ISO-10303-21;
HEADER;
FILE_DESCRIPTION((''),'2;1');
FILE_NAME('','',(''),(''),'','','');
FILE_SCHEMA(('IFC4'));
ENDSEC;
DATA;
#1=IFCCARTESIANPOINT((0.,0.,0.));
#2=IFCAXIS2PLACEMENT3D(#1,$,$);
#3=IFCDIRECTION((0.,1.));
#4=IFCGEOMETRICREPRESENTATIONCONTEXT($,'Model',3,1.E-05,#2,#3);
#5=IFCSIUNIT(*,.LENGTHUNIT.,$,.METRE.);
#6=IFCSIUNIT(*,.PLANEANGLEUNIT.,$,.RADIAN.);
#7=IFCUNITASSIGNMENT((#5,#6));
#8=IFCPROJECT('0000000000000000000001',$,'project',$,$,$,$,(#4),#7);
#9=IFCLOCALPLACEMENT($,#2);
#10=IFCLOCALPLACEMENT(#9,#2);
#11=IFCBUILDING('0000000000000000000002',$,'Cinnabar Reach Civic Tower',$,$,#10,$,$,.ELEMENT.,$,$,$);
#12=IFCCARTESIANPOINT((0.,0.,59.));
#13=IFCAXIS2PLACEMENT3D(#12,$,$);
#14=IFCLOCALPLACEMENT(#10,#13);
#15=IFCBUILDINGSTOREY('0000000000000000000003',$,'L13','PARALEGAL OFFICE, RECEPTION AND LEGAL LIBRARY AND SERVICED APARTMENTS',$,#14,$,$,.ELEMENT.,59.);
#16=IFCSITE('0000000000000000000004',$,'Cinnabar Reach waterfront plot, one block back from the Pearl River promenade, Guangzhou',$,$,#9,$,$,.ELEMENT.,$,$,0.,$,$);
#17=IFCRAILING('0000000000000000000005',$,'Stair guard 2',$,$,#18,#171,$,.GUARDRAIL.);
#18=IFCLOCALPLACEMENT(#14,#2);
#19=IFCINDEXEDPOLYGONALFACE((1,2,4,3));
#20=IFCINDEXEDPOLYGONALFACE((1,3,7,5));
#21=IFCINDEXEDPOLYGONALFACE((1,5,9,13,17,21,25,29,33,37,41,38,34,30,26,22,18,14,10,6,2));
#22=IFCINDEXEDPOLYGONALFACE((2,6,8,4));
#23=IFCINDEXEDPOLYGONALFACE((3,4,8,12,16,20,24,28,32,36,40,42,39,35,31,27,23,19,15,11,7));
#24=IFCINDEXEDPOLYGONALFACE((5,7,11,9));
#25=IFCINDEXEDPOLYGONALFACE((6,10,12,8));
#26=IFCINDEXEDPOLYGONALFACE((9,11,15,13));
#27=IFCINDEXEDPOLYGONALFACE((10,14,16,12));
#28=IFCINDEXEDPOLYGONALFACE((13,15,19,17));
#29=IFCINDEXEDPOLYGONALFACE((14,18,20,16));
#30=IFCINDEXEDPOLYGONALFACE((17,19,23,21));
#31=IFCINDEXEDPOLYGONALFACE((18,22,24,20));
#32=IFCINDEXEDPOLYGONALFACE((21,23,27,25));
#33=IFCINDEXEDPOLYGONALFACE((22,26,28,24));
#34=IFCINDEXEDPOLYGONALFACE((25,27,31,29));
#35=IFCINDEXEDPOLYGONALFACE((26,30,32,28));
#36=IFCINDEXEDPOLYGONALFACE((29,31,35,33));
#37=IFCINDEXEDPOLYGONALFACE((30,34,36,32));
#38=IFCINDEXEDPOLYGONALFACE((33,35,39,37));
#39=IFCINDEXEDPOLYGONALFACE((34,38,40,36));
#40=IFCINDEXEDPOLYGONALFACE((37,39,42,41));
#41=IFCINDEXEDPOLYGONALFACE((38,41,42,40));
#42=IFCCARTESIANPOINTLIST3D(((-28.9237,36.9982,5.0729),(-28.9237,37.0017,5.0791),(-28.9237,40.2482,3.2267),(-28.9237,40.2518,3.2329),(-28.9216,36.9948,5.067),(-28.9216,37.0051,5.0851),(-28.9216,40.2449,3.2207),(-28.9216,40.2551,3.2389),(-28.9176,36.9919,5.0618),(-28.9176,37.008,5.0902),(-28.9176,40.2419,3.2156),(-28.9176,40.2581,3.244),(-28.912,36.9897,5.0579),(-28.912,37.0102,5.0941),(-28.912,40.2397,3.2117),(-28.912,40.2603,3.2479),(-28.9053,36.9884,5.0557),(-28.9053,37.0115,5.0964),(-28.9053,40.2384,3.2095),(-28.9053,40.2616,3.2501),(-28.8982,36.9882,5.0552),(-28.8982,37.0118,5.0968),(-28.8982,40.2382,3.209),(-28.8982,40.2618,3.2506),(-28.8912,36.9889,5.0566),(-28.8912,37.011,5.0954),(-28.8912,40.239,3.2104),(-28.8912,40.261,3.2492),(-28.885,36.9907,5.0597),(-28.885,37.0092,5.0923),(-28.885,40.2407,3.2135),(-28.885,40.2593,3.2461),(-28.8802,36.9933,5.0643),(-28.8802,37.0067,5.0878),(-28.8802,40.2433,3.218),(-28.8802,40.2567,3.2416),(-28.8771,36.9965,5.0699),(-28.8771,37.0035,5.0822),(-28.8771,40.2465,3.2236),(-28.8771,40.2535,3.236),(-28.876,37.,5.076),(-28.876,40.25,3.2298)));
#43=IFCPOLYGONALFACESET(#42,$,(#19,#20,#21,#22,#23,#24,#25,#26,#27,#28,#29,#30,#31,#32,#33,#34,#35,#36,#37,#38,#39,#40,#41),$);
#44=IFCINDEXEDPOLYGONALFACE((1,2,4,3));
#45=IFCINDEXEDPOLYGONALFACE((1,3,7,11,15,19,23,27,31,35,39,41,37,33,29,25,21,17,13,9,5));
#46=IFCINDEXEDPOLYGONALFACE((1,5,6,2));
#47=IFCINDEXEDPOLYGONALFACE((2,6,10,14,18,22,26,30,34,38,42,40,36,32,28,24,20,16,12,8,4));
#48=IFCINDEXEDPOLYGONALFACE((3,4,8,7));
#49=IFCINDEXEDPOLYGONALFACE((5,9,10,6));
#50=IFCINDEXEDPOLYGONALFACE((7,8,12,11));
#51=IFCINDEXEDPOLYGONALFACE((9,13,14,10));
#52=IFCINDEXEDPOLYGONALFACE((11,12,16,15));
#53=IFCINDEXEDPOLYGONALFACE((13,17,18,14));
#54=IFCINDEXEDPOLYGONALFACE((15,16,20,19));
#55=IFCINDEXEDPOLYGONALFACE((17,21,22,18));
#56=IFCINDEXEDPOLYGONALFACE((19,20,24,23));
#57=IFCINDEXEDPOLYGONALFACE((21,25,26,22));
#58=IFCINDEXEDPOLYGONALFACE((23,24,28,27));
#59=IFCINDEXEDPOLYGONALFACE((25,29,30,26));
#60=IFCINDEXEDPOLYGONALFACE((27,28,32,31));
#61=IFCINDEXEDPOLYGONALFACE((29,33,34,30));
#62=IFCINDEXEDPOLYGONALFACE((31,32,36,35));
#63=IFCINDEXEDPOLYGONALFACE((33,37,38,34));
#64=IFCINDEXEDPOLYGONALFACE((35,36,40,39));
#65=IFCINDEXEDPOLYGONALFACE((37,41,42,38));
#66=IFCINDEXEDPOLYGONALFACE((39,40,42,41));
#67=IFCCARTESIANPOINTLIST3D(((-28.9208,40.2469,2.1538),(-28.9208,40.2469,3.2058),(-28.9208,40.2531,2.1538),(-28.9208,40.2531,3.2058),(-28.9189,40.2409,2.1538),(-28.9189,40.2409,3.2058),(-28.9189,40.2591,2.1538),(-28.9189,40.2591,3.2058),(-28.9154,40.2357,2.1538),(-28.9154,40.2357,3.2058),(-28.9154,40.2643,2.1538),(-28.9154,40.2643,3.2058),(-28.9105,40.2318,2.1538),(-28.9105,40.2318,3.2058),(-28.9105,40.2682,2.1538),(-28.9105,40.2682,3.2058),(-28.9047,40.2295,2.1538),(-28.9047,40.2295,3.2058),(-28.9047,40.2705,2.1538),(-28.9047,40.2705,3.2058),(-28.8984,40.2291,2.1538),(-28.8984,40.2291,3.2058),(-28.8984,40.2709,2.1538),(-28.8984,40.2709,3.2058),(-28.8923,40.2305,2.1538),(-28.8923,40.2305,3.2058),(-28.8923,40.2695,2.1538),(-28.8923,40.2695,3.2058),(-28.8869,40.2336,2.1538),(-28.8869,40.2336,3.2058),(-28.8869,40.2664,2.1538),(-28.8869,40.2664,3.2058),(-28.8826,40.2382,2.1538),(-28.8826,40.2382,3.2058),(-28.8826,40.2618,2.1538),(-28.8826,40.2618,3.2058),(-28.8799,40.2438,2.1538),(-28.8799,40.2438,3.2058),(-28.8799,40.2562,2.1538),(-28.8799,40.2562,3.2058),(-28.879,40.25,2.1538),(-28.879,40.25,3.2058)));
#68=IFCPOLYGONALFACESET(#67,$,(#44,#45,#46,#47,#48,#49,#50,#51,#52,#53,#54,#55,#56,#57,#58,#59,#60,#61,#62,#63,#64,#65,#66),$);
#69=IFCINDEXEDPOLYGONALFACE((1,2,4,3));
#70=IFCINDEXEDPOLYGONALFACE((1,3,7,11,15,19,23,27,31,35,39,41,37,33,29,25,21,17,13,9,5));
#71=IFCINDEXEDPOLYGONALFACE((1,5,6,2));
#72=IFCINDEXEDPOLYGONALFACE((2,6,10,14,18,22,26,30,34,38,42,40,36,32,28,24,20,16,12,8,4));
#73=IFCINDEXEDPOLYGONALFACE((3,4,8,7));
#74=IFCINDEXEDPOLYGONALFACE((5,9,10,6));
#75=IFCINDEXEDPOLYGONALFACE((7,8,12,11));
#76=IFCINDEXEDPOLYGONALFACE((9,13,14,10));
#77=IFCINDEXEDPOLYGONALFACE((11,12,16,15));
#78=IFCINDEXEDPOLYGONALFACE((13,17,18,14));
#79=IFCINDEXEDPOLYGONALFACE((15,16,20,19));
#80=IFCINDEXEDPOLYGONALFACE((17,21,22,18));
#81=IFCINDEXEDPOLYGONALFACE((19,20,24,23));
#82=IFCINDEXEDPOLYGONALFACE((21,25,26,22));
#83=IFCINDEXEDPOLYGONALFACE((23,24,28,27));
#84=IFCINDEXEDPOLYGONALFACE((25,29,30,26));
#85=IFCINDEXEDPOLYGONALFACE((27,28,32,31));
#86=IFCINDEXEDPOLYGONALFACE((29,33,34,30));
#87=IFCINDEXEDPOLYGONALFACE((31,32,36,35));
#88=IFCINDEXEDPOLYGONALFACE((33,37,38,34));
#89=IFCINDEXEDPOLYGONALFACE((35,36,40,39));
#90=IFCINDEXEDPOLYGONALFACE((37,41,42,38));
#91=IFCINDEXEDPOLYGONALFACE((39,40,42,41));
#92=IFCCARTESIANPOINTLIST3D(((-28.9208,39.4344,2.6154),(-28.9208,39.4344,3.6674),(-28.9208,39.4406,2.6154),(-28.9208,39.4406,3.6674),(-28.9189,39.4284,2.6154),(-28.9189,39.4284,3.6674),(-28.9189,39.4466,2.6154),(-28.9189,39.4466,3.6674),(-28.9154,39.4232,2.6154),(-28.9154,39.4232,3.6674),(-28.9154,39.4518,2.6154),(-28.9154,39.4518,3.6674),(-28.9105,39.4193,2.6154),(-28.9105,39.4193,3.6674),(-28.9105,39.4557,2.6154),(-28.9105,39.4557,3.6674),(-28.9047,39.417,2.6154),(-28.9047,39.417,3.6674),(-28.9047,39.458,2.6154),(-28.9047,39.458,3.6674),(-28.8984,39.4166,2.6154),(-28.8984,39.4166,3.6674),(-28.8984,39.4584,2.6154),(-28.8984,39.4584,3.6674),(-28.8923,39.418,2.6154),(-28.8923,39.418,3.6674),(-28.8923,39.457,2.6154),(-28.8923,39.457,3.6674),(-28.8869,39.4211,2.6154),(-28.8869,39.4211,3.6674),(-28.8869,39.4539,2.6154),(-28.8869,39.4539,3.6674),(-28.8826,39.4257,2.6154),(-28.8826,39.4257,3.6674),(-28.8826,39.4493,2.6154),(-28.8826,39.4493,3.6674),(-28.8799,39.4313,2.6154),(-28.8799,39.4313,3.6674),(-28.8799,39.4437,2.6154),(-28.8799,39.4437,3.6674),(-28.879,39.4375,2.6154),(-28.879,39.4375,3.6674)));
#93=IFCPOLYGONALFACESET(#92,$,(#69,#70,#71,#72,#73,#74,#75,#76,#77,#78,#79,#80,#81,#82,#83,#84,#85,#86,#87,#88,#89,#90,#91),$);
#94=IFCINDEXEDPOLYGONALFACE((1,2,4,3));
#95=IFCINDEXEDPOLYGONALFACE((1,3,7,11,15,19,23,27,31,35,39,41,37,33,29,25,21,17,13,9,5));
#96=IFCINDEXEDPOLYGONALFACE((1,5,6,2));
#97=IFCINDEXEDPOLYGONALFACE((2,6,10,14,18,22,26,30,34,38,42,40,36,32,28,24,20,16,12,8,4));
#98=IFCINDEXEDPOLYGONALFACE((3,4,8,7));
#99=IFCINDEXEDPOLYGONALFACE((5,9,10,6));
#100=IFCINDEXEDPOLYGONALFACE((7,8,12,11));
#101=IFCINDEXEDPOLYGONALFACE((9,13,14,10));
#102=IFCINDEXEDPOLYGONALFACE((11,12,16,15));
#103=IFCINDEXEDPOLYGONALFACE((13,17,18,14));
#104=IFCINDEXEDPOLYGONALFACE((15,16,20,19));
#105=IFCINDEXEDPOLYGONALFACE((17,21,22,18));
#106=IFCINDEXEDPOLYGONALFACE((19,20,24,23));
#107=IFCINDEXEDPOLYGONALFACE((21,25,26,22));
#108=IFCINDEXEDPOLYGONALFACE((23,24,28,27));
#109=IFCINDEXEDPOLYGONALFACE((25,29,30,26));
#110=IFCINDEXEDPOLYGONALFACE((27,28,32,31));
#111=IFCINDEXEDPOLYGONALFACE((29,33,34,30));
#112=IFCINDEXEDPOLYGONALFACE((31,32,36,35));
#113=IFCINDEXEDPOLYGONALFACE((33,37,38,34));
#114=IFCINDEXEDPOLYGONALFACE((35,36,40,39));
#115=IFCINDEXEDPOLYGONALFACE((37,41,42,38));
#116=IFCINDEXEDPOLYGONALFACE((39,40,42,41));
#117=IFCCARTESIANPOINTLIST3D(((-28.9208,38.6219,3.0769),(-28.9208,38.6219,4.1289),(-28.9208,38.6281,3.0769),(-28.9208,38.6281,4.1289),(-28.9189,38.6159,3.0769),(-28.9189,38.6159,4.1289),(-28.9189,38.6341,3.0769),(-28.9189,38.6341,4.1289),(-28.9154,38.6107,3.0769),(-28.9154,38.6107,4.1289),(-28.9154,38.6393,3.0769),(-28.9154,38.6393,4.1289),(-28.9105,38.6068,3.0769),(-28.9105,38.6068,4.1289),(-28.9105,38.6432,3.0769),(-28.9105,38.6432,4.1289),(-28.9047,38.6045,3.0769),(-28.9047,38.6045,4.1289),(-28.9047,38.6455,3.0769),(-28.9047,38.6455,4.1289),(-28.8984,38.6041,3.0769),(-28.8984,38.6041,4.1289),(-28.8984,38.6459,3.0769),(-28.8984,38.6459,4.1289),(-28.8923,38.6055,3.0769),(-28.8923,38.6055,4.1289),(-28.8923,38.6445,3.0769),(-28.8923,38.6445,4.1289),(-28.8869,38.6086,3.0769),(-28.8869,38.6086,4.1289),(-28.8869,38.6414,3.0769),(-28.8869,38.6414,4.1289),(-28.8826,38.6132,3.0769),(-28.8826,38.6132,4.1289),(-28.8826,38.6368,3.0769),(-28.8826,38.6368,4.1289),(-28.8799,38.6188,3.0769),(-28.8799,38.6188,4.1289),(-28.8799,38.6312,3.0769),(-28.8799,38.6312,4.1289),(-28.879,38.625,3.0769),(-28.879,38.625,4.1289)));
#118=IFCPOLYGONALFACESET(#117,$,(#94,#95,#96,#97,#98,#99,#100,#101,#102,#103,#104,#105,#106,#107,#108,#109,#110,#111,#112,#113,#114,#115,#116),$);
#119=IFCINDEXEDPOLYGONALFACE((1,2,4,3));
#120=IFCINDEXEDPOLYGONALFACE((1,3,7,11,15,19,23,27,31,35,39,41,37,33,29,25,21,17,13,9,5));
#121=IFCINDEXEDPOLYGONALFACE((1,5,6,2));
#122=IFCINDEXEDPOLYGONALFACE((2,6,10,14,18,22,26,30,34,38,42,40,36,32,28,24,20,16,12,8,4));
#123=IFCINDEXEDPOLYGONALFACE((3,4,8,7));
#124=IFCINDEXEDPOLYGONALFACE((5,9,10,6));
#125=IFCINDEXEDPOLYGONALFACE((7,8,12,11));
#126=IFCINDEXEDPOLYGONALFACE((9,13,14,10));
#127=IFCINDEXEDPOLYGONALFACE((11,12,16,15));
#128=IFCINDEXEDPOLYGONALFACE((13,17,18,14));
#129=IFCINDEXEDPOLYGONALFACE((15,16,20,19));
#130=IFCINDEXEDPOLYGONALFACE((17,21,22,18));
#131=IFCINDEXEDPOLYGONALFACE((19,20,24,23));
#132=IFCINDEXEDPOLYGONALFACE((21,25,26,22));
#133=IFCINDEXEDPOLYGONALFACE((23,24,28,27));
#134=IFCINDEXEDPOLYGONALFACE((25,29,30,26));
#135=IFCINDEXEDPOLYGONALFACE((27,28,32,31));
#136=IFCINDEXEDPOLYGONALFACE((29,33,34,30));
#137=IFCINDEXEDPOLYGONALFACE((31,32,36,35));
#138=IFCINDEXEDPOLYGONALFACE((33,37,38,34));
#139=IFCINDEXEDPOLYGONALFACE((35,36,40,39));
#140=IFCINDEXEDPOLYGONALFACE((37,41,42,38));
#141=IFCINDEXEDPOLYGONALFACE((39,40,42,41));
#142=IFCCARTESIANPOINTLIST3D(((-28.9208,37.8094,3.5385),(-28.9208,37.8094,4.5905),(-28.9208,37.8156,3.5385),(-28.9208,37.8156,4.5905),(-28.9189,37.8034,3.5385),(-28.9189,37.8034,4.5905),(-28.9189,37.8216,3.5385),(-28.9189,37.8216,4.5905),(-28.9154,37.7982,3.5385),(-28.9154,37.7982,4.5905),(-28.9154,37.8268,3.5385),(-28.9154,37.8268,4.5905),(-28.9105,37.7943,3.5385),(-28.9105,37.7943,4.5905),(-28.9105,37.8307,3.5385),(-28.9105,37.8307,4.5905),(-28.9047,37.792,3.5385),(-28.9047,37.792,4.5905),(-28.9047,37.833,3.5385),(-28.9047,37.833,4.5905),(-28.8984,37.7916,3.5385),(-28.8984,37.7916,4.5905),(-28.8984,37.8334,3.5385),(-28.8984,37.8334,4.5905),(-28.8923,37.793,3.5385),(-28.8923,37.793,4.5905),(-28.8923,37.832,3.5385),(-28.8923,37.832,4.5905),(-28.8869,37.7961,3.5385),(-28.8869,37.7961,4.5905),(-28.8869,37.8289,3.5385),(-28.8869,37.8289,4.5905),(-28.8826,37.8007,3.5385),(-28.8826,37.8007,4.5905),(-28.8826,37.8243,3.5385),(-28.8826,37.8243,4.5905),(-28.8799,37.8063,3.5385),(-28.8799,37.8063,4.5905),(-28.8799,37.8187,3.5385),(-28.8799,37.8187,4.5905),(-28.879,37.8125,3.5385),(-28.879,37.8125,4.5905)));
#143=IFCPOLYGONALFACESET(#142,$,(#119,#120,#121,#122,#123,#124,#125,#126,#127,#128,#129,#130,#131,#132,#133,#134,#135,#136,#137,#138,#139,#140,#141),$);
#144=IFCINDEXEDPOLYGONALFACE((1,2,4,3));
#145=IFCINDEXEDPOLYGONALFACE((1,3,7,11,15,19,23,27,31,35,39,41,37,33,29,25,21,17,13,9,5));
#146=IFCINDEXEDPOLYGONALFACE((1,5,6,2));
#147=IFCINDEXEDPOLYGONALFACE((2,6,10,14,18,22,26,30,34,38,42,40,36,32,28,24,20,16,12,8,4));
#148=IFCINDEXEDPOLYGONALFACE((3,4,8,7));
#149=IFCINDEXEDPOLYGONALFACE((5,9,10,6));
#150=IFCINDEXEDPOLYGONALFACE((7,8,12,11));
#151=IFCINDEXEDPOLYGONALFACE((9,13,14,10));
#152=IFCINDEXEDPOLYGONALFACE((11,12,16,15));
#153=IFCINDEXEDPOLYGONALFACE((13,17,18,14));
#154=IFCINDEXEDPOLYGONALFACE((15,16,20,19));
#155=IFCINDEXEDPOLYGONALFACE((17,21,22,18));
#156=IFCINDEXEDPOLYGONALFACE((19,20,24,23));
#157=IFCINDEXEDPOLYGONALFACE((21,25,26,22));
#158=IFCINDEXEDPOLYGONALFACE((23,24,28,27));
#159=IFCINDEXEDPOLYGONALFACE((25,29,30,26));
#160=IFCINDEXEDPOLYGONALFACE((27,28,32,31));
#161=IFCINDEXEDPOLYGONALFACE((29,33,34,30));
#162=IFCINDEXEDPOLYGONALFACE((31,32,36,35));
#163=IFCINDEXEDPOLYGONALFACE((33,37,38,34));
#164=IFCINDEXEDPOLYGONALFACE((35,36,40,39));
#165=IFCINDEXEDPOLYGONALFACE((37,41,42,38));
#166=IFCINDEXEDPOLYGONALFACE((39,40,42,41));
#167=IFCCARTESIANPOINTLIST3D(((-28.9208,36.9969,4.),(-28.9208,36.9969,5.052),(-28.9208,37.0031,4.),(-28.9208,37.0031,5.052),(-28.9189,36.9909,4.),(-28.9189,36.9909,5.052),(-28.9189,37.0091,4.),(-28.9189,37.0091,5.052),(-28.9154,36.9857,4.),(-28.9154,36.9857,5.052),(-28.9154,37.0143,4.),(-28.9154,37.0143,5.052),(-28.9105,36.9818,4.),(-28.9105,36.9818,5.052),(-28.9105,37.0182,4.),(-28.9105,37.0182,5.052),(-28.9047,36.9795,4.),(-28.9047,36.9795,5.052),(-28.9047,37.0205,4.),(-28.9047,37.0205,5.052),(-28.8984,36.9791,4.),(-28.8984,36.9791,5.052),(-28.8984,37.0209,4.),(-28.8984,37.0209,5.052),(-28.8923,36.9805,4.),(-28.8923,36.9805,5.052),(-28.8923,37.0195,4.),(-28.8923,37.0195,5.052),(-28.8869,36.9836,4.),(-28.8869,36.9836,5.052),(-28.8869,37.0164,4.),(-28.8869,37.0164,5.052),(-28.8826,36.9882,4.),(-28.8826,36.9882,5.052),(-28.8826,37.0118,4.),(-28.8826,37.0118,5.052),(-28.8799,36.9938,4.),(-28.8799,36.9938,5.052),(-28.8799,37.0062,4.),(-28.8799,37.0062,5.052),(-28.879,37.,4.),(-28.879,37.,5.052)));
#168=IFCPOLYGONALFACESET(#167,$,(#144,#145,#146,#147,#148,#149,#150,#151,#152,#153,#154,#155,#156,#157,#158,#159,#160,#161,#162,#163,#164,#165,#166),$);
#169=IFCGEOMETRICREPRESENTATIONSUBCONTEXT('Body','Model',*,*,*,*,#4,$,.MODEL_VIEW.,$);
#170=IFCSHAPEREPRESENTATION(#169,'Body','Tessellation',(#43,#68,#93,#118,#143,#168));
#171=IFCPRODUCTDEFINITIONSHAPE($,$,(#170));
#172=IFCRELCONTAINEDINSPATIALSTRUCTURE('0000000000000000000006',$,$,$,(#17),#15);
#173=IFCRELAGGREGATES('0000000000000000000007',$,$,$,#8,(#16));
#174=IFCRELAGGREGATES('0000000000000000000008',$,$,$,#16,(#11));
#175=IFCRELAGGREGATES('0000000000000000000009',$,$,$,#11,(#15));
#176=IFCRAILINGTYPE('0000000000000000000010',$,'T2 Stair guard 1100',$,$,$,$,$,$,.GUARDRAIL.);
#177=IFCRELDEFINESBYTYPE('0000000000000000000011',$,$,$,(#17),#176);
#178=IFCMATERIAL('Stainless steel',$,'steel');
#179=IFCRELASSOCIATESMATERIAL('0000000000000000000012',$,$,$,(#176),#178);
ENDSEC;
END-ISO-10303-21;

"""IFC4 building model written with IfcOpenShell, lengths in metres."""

from ifc_helpers import new_model, si_unit, direction, frame, origin, origin_2d, place, context, subcontext, project, spatial, circle, extrude, material, type_object, element, save


model = new_model("IFC4")

# Units and contexts
model_context = context("Model", 3, precision=1e-05, world=origin(), true_north=direction((0.0, 1.0)))
body_context = subcontext(model_context, "Body", "Model", "MODEL_VIEW")
ifc_project = project(units=[si_unit("LENGTHUNIT", "METRE"), si_unit("PLANEANGLEUNIT", "RADIAN")], contexts=[model_context])

# Site, building, storey
site_placement = place(None, origin())
site = spatial("IfcSite", under=ifc_project, at=site_placement, Name="Cinnabar Reach waterfront plot, one block back from the Pearl River promenade, Guangzhou", CompositionType="ELEMENT", RefElevation=0.0)
building_placement = place(site_placement, origin())
building = spatial("IfcBuilding", under=site, at=building_placement, Name="Cinnabar Reach Civic Tower", CompositionType="ELEMENT")
storey_placement = place(building_placement, frame((0.0, 0.0, 59.0)))
storey = spatial("IfcBuildingStorey", under=building, at=storey_placement, Name="L13", Description="PARALEGAL OFFICE, RECEPTION AND LEGAL LIBRARY AND SERVICED APARTMENTS", CompositionType="ELEMENT", Elevation=59.0)

# Railing
ifc_material_1 = material(Name="Stainless steel", Category="steel")
railing_type_1 = type_object("IfcRailingType", Name="T2 Stair guard 1100", PredefinedType="GUARDRAIL", material=ifc_material_1)
railing_1_placement = place(storey_placement, frame((-28.9, 40.25, 2.1538)))
element("IfcRailing", 1, at=railing_1_placement, inside=storey, type_object=railing_type_1, Name="Stair guard 2", PredefinedType="GUARDRAIL", context=body_context, shape_type="SweptSolid", body=[
    extrude(circle(Radius=0.024, at=origin_2d()), frame((0.0, 0.0, 1.076), z_axis=(0.0, -0.869501, 0.49393), x_axis=(1.0, 0.0, 0.0)), (0.0, 0.0, 1.0), 3.7378),
    extrude(circle(Radius=0.021, at=origin_2d()), origin(), (0.0, 0.0, 1.0), 1.052),
    extrude(circle(Radius=0.021, at=origin_2d()), frame((0.0, -0.8125, 0.4616)), (0.0, 0.0, 1.0), 1.052),
    extrude(circle(Radius=0.021, at=origin_2d()), frame((0.0, -1.625, 0.9231)), (0.0, 0.0, 1.0), 1.052),
    extrude(circle(Radius=0.021, at=origin_2d()), frame((0.0, -2.4375, 1.3847)), (0.0, 0.0, 1.0), 1.052),
    extrude(circle(Radius=0.021, at=origin_2d()), frame((0.0, -3.25, 1.8462)), (0.0, 0.0, 1.0), 1.052),
])

save(model, "model.ifc")
